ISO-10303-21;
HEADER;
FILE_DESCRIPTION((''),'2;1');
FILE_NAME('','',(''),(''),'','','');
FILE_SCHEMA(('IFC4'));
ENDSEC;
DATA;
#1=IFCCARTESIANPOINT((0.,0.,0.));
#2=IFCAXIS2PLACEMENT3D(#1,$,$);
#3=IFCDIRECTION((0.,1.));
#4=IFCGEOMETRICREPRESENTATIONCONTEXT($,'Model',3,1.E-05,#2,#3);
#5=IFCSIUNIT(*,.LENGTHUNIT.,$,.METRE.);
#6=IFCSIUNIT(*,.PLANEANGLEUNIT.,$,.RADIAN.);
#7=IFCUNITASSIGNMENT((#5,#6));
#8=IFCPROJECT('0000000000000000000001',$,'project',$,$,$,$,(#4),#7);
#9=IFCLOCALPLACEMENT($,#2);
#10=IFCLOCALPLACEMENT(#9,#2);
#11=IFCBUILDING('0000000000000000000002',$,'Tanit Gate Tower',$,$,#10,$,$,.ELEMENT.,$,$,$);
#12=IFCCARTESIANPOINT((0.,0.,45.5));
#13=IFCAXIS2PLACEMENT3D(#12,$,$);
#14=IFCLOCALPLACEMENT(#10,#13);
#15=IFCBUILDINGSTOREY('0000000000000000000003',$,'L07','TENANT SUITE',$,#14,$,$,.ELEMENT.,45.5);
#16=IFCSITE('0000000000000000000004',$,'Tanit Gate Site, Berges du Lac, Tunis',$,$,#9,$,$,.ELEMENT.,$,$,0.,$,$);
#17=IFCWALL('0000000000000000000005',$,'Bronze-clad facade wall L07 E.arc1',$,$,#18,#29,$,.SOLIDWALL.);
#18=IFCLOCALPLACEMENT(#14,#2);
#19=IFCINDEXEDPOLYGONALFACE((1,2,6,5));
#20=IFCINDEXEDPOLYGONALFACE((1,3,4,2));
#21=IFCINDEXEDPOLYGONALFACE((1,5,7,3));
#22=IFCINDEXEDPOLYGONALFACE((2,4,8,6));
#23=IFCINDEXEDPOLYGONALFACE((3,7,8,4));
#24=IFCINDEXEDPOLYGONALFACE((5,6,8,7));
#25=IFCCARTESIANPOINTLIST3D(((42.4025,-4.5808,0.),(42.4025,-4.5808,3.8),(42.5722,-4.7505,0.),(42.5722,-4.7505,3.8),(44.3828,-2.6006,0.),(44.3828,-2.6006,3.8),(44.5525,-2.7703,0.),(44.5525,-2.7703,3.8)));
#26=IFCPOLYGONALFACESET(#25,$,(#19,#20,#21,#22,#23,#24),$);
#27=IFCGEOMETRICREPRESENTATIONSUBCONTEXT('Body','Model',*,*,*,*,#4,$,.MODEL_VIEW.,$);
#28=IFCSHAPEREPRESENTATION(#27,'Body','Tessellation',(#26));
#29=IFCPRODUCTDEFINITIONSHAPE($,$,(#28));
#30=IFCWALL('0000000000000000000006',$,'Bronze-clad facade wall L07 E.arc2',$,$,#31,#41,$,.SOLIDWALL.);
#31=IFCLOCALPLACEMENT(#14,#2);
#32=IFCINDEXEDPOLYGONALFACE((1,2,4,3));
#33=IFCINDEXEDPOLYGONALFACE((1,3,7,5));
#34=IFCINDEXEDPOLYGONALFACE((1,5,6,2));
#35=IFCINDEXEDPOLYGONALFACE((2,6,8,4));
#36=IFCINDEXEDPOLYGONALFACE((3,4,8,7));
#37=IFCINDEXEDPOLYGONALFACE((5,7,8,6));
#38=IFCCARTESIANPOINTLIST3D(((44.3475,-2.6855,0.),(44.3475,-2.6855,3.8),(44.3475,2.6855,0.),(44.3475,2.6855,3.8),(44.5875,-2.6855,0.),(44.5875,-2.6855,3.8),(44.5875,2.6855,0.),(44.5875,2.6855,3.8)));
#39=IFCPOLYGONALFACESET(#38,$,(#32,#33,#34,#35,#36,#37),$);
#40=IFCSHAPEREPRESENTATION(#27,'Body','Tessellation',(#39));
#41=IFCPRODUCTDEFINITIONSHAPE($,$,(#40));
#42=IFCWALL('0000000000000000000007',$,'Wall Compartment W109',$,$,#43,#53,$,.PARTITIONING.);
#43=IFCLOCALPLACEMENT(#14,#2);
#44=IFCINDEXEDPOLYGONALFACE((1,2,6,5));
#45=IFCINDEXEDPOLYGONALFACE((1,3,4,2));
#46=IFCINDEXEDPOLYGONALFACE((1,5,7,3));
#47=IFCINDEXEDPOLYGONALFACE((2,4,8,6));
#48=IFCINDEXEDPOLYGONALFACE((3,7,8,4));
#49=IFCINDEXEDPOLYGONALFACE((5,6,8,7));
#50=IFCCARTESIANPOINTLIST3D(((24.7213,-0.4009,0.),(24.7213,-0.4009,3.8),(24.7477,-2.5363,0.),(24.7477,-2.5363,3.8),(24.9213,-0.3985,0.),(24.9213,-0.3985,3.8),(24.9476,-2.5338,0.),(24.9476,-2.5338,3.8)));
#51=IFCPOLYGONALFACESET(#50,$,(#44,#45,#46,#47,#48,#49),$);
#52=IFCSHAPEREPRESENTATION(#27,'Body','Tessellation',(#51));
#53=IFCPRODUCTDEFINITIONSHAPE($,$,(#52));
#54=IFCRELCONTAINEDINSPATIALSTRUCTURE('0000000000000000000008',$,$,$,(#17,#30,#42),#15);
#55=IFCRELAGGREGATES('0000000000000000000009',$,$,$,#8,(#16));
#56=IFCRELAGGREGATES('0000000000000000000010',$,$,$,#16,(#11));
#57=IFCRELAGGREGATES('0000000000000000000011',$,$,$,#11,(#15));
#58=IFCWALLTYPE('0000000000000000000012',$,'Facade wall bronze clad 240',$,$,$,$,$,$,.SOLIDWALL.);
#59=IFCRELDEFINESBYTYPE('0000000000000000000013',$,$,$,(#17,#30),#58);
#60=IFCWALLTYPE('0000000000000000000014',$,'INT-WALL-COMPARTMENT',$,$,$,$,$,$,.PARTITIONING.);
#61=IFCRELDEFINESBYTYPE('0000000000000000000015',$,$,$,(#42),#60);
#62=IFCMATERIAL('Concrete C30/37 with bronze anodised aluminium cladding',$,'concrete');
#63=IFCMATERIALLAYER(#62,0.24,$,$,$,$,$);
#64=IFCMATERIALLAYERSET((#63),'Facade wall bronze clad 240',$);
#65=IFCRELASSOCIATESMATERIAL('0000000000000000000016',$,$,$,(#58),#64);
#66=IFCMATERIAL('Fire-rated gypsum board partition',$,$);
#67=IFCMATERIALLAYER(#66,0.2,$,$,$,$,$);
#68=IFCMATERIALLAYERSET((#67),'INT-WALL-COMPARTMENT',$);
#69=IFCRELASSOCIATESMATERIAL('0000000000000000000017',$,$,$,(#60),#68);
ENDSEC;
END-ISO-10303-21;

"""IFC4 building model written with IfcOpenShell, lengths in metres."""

from ifc_helpers import new_model, si_unit, direction, frame, frame_2d, origin, place, context, subcontext, project, spatial, rectangle, extrude, material, layer, layer_set, type_object, element, save


model = new_model("IFC4")

# Units and contexts
model_context = context("Model", 3, precision=1e-05, world=origin(), true_north=direction((0.0, 1.0)))
body_context = subcontext(model_context, "Body", "Model", "MODEL_VIEW")
ifc_project = project(units=[si_unit("LENGTHUNIT", "METRE"), si_unit("PLANEANGLEUNIT", "RADIAN")], contexts=[model_context])

# Site, building, storey
site_placement = place(None, origin())
site = spatial("IfcSite", under=ifc_project, at=site_placement, Name="Tanit Gate Site, Berges du Lac, Tunis", CompositionType="ELEMENT", RefElevation=0.0)
building_placement = place(site_placement, origin())
building = spatial("IfcBuilding", under=site, at=building_placement, Name="Tanit Gate Tower", CompositionType="ELEMENT")
storey_placement = place(building_placement, frame((0.0, 0.0, 45.5)))
storey = spatial("IfcBuildingStorey", under=building, at=storey_placement, Name="L07", Description="TENANT SUITE", CompositionType="ELEMENT", Elevation=45.5)

# Walls
ifc_material_1 = material(Name="Concrete C30/37 with bronze anodised aluminium cladding", Category="concrete")
ifc_layer_1 = layer(ifc_material_1, 0.24)
ifc_layer_set_1 = layer_set([ifc_layer_1], Name="Facade wall bronze clad 240")
wall_type_1 = type_object("IfcWallType", Name="Facade wall bronze clad 240", PredefinedType="SOLIDWALL", material=ifc_layer_set_1)
wall_1_placement = place(storey_placement, frame((42.4873, -4.6658, 0.0), z_axis=(0.0, 0.0, 1.0), x_axis=(0.707107, 0.707107, 0.0)))
element("IfcWall", 1, at=wall_1_placement, inside=storey, type_object=wall_type_1, Name="Bronze-clad facade wall L07 E.arc1", PredefinedType="SOLIDWALL", context=body_context, shape_type="SweptSolid", body=[
    extrude(rectangle(XDim=2.8005, YDim=0.24, at=frame_2d((1.4004, 0.0))), origin(), (0.0, 0.0, 1.0), 3.8),
])
wall_2_placement = place(storey_placement, frame((44.4675, -2.6855, 0.0), z_axis=(0.0, 0.0, 1.0), x_axis=(0.0, 1.0, 0.0)))
element("IfcWall", 2, at=wall_2_placement, inside=storey, type_object=wall_type_1, Name="Bronze-clad facade wall L07 E.arc2", PredefinedType="SOLIDWALL", context=body_context, shape_type="SweptSolid", body=[
    extrude(rectangle(XDim=5.3711, YDim=0.24, at=frame_2d((2.6855, 0.0))), origin(), (0.0, 0.0, 1.0), 3.8),
])
ifc_material_2 = material(Name="Fire-rated gypsum board partition")
ifc_layer_2 = layer(ifc_material_2, 0.2)
ifc_layer_set_2 = layer_set([ifc_layer_2], Name="INT-WALL-COMPARTMENT")
wall_type_2 = type_object("IfcWallType", Name="INT-WALL-COMPARTMENT", PredefinedType="PARTITIONING", material=ifc_layer_set_2)
wall_3_placement = place(storey_placement, frame((24.8477, -2.5352, 0.0), z_axis=(0.0, 0.0, 1.0), x_axis=(-0.012348, 0.999924, 0.0)))
element("IfcWall", 3, at=wall_3_placement, inside=storey, type_object=wall_type_2, Name="Wall Compartment W109", PredefinedType="PARTITIONING", context=body_context, shape_type="SweptSolid", body=[
    extrude(rectangle(XDim=2.1355, YDim=0.2, at=frame_2d((1.0679, 0.0))), origin(), (0.0, 0.0, 1.0), 3.8),
])

save(model, "model.ifc")
